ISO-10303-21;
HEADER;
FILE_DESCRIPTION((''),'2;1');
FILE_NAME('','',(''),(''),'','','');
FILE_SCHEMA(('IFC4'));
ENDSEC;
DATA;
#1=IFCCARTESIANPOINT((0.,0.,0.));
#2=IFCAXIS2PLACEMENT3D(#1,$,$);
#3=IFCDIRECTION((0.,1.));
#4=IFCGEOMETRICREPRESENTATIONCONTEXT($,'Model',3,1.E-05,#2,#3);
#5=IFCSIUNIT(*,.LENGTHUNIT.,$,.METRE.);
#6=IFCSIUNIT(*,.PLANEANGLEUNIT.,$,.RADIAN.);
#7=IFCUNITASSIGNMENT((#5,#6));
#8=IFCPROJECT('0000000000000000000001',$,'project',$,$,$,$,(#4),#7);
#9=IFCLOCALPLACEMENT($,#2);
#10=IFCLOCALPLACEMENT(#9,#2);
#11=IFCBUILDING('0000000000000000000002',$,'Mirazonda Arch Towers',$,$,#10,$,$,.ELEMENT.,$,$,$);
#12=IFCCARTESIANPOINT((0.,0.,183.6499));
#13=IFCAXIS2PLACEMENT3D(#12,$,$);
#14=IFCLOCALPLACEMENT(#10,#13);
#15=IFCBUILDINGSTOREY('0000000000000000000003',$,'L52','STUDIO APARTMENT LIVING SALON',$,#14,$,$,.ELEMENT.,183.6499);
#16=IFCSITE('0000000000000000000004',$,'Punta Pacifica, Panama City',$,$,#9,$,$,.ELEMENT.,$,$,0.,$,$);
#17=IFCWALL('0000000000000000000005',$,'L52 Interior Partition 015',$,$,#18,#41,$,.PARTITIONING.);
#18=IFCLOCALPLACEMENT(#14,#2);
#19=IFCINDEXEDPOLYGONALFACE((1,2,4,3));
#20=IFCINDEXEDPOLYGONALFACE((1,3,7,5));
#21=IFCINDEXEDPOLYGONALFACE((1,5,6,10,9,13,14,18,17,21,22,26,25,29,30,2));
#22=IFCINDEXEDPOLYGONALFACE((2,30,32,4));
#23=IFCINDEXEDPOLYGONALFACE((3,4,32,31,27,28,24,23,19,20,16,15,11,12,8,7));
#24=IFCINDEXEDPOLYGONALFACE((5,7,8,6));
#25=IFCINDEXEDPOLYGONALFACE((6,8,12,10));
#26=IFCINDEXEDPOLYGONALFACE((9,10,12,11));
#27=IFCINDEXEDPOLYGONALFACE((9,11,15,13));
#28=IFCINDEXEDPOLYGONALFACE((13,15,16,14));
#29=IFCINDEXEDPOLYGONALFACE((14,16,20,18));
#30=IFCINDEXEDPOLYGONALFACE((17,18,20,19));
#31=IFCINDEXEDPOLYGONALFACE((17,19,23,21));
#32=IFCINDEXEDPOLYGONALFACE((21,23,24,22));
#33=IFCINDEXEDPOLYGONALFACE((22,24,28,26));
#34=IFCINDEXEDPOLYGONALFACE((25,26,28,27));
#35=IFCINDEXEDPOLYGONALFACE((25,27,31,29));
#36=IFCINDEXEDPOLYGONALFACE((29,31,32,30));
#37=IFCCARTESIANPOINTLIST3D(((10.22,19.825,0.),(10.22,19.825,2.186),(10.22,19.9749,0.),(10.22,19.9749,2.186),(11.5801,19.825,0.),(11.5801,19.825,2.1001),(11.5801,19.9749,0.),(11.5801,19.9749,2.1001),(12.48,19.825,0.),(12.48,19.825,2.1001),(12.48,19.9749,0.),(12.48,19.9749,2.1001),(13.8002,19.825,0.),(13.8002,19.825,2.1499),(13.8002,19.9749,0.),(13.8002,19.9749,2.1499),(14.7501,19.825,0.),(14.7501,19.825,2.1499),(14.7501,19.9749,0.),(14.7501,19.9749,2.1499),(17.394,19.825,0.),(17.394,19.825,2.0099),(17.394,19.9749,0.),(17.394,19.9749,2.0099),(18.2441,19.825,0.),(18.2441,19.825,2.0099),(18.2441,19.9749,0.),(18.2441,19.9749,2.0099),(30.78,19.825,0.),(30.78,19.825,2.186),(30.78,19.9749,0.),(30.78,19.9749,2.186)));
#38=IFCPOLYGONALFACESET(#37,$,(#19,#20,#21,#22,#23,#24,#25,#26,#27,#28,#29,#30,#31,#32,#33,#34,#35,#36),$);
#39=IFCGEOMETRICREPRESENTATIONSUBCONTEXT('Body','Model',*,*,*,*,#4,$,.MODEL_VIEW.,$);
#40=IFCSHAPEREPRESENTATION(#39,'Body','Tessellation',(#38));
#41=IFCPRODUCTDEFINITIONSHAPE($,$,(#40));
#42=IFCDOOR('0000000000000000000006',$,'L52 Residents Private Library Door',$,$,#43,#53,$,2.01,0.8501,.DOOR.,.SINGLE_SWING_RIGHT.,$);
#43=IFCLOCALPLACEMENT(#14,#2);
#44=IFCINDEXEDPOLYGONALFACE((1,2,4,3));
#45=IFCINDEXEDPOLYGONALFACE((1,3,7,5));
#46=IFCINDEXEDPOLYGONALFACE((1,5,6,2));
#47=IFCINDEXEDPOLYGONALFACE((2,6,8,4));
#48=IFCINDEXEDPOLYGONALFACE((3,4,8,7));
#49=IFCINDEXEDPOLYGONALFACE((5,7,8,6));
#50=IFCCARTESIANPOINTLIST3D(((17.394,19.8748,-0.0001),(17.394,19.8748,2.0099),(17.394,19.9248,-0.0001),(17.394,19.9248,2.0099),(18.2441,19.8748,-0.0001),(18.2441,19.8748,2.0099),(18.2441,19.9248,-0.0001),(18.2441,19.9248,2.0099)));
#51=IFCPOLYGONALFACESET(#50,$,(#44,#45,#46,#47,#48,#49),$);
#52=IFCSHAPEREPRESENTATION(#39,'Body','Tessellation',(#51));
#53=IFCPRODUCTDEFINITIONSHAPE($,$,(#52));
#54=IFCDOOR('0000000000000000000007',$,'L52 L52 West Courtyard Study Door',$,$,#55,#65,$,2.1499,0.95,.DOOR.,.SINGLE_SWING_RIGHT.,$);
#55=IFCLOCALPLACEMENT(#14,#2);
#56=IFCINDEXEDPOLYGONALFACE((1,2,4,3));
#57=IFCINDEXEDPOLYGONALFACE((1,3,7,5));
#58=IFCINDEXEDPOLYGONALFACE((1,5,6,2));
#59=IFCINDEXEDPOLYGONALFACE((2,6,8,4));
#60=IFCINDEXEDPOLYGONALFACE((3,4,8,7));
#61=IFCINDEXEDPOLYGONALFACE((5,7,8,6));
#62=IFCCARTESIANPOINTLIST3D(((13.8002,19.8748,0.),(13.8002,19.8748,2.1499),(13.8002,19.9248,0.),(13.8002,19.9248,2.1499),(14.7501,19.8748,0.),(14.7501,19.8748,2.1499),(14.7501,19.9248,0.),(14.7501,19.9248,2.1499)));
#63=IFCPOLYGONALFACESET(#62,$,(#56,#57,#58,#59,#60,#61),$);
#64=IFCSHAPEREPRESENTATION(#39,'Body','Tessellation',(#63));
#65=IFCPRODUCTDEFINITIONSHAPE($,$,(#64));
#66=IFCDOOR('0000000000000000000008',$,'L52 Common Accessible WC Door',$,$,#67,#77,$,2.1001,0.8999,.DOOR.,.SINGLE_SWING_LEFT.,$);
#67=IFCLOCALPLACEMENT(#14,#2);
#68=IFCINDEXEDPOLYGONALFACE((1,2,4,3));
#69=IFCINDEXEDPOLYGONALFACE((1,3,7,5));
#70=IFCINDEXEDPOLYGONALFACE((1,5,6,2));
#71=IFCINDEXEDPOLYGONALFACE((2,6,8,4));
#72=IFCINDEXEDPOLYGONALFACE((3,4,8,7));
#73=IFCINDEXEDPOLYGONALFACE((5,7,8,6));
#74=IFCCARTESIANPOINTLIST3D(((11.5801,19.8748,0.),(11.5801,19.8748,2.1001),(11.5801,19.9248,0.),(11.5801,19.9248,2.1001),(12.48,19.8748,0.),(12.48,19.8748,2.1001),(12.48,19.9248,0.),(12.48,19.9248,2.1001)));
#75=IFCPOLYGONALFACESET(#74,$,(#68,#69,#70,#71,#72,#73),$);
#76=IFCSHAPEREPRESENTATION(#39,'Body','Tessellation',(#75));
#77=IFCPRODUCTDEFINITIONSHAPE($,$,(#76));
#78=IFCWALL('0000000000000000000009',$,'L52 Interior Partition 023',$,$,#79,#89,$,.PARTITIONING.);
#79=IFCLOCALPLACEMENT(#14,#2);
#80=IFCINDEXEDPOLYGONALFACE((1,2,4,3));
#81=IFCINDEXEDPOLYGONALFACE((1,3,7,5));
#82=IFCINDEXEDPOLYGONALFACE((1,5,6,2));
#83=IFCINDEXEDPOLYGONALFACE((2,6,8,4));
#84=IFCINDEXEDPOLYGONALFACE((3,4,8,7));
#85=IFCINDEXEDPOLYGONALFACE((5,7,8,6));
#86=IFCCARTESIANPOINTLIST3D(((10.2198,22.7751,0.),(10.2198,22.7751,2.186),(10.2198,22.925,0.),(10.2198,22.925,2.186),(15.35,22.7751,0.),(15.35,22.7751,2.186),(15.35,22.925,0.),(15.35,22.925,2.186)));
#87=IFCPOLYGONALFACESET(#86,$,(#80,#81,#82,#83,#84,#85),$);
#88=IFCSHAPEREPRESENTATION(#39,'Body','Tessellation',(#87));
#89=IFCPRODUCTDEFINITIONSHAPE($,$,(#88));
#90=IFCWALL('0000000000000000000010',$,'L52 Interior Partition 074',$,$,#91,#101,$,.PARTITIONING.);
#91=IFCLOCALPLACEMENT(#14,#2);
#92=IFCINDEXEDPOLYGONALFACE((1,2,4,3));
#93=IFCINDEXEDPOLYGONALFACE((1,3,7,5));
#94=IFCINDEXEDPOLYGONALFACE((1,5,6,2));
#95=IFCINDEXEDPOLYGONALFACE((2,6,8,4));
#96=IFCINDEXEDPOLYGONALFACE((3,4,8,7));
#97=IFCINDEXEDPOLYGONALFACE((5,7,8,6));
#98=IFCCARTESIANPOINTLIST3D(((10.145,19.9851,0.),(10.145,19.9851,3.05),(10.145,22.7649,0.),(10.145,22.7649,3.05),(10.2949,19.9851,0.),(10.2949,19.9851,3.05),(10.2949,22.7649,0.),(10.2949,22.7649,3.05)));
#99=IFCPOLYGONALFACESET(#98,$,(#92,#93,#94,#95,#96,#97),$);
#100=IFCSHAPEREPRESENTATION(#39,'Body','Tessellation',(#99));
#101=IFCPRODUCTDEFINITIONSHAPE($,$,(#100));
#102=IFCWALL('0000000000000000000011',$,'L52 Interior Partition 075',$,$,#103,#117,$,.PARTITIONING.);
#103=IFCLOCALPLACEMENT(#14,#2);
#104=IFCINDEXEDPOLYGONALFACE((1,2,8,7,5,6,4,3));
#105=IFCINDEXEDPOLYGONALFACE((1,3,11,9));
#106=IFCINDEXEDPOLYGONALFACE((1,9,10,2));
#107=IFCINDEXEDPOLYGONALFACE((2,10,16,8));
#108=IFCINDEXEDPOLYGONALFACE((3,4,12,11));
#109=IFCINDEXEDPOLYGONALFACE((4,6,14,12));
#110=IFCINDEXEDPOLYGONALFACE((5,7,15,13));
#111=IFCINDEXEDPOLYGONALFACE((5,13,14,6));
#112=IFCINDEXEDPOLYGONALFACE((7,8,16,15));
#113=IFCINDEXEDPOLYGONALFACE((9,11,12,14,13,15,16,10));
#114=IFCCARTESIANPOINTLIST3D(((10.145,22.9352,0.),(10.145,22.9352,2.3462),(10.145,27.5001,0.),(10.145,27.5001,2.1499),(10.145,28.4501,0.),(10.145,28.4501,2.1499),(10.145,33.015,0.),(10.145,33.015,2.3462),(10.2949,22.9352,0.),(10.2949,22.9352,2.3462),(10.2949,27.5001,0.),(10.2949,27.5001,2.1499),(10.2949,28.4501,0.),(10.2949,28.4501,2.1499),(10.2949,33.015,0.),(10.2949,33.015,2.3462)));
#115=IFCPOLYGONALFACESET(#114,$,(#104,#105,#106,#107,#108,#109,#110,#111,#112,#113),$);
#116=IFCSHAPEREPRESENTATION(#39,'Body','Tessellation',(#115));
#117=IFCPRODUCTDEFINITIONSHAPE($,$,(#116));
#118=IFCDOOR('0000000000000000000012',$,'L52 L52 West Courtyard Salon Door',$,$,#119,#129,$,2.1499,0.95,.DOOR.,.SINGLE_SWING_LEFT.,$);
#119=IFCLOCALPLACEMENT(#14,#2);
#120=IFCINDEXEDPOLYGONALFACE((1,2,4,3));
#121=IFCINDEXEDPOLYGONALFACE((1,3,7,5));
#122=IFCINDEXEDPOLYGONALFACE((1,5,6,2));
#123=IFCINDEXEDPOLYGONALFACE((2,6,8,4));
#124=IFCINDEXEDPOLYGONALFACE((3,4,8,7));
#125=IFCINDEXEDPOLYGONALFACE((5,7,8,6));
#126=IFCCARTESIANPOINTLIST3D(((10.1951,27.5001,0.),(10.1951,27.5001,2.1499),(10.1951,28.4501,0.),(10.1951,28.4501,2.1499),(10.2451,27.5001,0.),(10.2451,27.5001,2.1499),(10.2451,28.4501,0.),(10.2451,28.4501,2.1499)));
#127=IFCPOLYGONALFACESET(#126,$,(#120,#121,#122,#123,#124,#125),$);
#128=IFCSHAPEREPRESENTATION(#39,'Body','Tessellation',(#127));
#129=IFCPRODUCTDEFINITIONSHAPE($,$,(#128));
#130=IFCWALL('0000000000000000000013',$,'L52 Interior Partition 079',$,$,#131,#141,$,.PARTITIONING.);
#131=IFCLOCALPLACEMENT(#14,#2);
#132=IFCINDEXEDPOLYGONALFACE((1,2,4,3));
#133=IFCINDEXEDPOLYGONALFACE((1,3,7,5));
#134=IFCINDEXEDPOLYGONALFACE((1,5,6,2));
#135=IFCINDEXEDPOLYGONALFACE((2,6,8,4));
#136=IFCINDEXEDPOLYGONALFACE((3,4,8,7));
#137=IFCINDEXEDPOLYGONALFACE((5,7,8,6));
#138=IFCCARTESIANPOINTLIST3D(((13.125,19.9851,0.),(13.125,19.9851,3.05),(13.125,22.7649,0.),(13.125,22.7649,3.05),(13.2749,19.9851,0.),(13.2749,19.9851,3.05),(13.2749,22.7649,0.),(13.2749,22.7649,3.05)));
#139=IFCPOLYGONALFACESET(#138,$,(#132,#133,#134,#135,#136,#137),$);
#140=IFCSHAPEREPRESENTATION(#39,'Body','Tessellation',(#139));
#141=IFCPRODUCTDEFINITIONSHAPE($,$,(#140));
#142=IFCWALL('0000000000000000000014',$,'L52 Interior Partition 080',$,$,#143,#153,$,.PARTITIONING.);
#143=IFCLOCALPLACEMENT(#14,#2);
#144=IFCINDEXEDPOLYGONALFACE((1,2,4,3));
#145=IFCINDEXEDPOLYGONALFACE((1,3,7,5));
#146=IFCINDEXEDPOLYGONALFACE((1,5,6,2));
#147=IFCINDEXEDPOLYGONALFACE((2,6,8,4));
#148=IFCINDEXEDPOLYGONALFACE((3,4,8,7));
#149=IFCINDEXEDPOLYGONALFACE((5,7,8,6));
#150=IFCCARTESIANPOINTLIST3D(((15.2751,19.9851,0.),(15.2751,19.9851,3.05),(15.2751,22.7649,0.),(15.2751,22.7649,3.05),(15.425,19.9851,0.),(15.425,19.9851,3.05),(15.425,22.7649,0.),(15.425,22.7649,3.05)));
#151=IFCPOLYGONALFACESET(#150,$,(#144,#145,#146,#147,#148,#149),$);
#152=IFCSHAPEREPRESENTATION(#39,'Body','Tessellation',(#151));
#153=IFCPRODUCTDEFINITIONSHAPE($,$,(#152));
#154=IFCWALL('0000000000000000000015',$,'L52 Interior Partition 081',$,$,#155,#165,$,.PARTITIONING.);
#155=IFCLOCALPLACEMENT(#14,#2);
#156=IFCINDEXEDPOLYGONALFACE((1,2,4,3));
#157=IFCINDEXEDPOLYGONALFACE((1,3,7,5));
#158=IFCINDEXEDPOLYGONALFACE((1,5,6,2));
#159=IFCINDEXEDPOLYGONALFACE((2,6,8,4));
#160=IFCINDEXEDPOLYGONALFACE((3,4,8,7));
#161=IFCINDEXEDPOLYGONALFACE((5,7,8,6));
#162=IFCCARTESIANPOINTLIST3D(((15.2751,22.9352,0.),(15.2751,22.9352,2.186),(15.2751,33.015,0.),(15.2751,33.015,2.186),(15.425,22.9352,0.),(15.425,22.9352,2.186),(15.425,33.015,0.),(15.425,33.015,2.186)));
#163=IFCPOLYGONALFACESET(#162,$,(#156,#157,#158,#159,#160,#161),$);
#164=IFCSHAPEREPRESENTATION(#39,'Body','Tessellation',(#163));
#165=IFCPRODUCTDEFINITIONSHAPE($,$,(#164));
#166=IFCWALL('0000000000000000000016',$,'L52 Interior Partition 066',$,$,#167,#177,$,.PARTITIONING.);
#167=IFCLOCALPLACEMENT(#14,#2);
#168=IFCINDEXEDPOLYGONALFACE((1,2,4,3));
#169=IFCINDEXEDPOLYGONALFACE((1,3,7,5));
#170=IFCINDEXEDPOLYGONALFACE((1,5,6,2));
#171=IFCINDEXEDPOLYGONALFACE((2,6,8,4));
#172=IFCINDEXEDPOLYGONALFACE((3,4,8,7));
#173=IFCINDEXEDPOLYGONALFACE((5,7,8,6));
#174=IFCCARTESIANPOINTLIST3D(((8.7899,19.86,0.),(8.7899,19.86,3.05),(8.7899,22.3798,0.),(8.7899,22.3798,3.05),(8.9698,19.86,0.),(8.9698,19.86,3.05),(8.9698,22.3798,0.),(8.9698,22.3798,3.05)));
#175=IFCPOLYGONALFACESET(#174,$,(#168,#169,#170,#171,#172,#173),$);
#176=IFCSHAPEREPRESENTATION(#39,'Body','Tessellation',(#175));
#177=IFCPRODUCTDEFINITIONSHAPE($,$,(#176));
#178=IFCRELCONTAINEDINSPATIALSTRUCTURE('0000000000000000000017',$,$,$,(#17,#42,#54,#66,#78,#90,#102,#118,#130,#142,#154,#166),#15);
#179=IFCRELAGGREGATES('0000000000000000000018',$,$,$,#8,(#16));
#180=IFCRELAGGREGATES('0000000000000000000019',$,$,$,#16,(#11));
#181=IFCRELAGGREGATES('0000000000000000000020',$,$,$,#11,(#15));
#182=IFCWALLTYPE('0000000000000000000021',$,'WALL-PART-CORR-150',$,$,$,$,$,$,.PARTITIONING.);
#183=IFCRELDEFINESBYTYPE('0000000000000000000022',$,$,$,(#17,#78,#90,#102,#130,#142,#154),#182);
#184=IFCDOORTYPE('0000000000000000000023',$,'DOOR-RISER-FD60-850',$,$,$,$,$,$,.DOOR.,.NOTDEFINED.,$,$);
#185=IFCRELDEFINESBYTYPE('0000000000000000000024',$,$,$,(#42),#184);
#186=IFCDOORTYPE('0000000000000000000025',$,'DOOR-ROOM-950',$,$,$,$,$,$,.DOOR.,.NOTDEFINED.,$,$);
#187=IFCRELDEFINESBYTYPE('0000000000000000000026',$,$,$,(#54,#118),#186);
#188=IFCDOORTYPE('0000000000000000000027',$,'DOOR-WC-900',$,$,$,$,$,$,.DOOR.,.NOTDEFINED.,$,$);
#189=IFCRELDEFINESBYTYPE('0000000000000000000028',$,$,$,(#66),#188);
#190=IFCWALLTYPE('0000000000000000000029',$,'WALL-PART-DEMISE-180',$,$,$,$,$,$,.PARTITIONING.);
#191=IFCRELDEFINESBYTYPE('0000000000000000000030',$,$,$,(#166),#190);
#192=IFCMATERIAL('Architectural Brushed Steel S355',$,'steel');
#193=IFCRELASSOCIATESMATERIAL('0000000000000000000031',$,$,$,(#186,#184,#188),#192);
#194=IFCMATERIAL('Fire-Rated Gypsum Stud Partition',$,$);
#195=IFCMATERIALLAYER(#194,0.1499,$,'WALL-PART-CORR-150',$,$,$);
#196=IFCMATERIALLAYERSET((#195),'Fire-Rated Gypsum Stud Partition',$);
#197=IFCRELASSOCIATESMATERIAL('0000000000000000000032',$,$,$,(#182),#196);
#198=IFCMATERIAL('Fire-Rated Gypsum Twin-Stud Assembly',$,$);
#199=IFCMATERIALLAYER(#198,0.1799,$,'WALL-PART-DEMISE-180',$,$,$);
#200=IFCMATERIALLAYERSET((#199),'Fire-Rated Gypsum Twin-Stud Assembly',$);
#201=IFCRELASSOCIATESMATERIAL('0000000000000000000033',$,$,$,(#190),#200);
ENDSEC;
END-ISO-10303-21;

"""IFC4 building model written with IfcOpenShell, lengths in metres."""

from ifc_helpers import new_model, si_unit, direction, frame, frame_2d, origin, place, context, subcontext, project, spatial, rectangle, extrude, material, layer, layer_set, type_object, element, fill, save


model = new_model("IFC4")

# Units and contexts
model_context = context("Model", 3, precision=1e-05, world=origin(), true_north=direction((0.0, 1.0)))
body_context = subcontext(model_context, "Body", "Model", "MODEL_VIEW")
ifc_project = project(units=[si_unit("LENGTHUNIT", "METRE"), si_unit("PLANEANGLEUNIT", "RADIAN")], contexts=[model_context])

# Site, building, storey
site_placement = place(None, origin())
site = spatial("IfcSite", under=ifc_project, at=site_placement, Name="Punta Pacifica, Panama City", CompositionType="ELEMENT", RefElevation=0.0)
building_placement = place(site_placement, origin())
building = spatial("IfcBuilding", under=site, at=building_placement, Name="Mirazonda Arch Towers", CompositionType="ELEMENT")
storey_placement = place(building_placement, frame((0.0, 0.0, 183.6499)))
storey = spatial("IfcBuildingStorey", under=building, at=storey_placement, Name="L52", Description="STUDIO APARTMENT LIVING SALON", CompositionType="ELEMENT", Elevation=183.6499)

# Shared definitions
ifc_material_1 = material(Name="Architectural Brushed Steel S355", Category="steel")

# Shared definitions
door_type_1 = type_object("IfcDoorType", Name="DOOR-ROOM-950", OperationType="NOTDEFINED", PredefinedType="DOOR", material=ifc_material_1)

# Shared definitions
ifc_material_2 = material(Name="Fire-Rated Gypsum Stud Partition")
ifc_layer_1 = layer(ifc_material_2, 0.1499, Name="WALL-PART-CORR-150")
ifc_layer_set_1 = layer_set([ifc_layer_1], Name="Fire-Rated Gypsum Stud Partition")
wall_type_1 = type_object("IfcWallType", Name="WALL-PART-CORR-150", PredefinedType="PARTITIONING", material=ifc_layer_set_1)

# Wall, openings, doors
wall_1_placement = place(storey_placement, frame((10.22, 19.8999, 0.0), z_axis=(0.0, 0.0, 1.0), x_axis=(1.0, 0.0, 0.0)))
wall_1 = element("IfcWall", 1, at=wall_1_placement, inside=storey, type_object=wall_type_1, Name="L52 Interior Partition 015", PredefinedType="PARTITIONING", context=body_context, shape_type="SweptSolid", body=[
    extrude(rectangle(XDim=20.5601, YDim=0.1499, at=frame_2d((10.28, 0.0))), origin(), (0.0, 0.0, 1.0), 2.186),
])
opening_1_placement = place(wall_1_placement, frame((1.3601, 0.0, 0.0)))
opening_1 = element("IfcOpeningElement", 2, at=opening_1_placement, cuts=wall_1, PredefinedType="OPENING", context=body_context, shape_type="SweptSolid", body=[
    extrude(rectangle(XDim=0.8999, YDim=2.1001, at=frame_2d((0.45, 1.05))), frame((0.0, 0.085, 0.0), z_axis=(0.0, -1.0, 0.0), x_axis=(1.0, 0.0, 0.0)), (0.0, 0.0, 1.0), 0.1699),
])
opening_2_placement = place(wall_1_placement, frame((3.5801, 0.0, 0.0)))
opening_2 = element("IfcOpeningElement", 3, at=opening_2_placement, cuts=wall_1, PredefinedType="OPENING", context=body_context, shape_type="SweptSolid", body=[
    extrude(rectangle(XDim=0.95, YDim=2.1499, at=frame_2d((0.4751, 1.075))), frame((0.0, 0.085, 0.0), z_axis=(0.0, -1.0, 0.0), x_axis=(1.0, 0.0, 0.0)), (0.0, 0.0, 1.0), 0.1699),
])
opening_3_placement = place(wall_1_placement, frame((7.1741, 0.0, 0.0)))
opening_3 = element("IfcOpeningElement", 4, at=opening_3_placement, cuts=wall_1, PredefinedType="OPENING", context=body_context, shape_type="SweptSolid", body=[
    extrude(rectangle(XDim=0.8501, YDim=2.01, at=frame_2d((0.425, 1.0049))), frame((0.0, 0.085, 0.0), z_axis=(0.0, -1.0, 0.0), x_axis=(1.0, 0.0, 0.0)), (0.0, 0.0, 1.0), 0.1699),
])
door_type_2 = type_object("IfcDoorType", Name="DOOR-RISER-FD60-850", OperationType="NOTDEFINED", PredefinedType="DOOR", material=ifc_material_1)
door_1_placement = place(opening_3_placement, origin())
door_1 = element("IfcDoor", 5, at=door_1_placement, inside=storey, type_object=door_type_2, Name="L52 Residents Private Library Door", OperationType="SINGLE_SWING_RIGHT", OverallHeight=2.01, OverallWidth=0.8501, PredefinedType="DOOR", context=body_context, shape_type="SweptSolid", body=[
    extrude(rectangle(XDim=0.8501, YDim=2.01, at=frame_2d((0.425, 1.0049))), frame((0.0, 0.0249, 0.0), z_axis=(0.0, -1.0, 0.0), x_axis=(1.0, 0.0, 0.0)), (0.0, 0.0, 1.0), 0.05),
])
fill(opening_3, door_1)
door_2_placement = place(opening_2_placement, origin())
door_2 = element("IfcDoor", 6, at=door_2_placement, inside=storey, type_object=door_type_1, Name="L52 L52 West Courtyard Study Door", OperationType="SINGLE_SWING_RIGHT", OverallHeight=2.1499, OverallWidth=0.95, PredefinedType="DOOR", context=body_context, shape_type="SweptSolid", body=[
    extrude(rectangle(XDim=0.95, YDim=2.1499, at=frame_2d((0.4751, 1.075))), frame((0.0, 0.0249, 0.0), z_axis=(0.0, -1.0, 0.0), x_axis=(1.0, 0.0, 0.0)), (0.0, 0.0, 1.0), 0.05),
])
fill(opening_2, door_2)
door_type_3 = type_object("IfcDoorType", Name="DOOR-WC-900", OperationType="NOTDEFINED", PredefinedType="DOOR", material=ifc_material_1)
door_3_placement = place(opening_1_placement, origin())
door_3 = element("IfcDoor", 7, at=door_3_placement, inside=storey, type_object=door_type_3, Name="L52 Common Accessible WC Door", OperationType="SINGLE_SWING_LEFT", OverallHeight=2.1001, OverallWidth=0.8999, PredefinedType="DOOR", context=body_context, shape_type="SweptSolid", body=[
    extrude(rectangle(XDim=0.8999, YDim=2.1001, at=frame_2d((0.45, 1.05))), frame((0.0, 0.0249, 0.0), z_axis=(0.0, -1.0, 0.0), x_axis=(1.0, 0.0, 0.0)), (0.0, 0.0, 1.0), 0.05),
])
fill(opening_1, door_3)

# Walls
wall_2_placement = place(storey_placement, frame((10.22, 22.8501, 0.0), z_axis=(0.0, 0.0, 1.0), x_axis=(1.0, 0.0, 0.0)))
element("IfcWall", 8, at=wall_2_placement, inside=storey, type_object=wall_type_1, Name="L52 Interior Partition 023", PredefinedType="PARTITIONING", context=body_context, shape_type="SweptSolid", body=[
    extrude(rectangle(XDim=5.1301, YDim=0.1499, at=frame_2d((2.5649, 0.0))), origin(), (0.0, 0.0, 1.0), 2.186),
])
wall_3_placement = place(storey_placement, frame((10.22, 19.9851, 0.0), z_axis=(0.0, 0.0, 1.0), x_axis=(0.0, 1.0, 0.0)))
element("IfcWall", 9, at=wall_3_placement, inside=storey, type_object=wall_type_1, Name="L52 Interior Partition 074", PredefinedType="PARTITIONING", context=body_context, shape_type="SweptSolid", body=[
    extrude(rectangle(XDim=2.7798, YDim=0.1499, at=frame_2d((1.3899, 0.0))), origin(), (0.0, 0.0, 1.0), 3.05),
])

# Wall, opening, door
wall_4_placement = place(storey_placement, frame((10.22, 22.9351, 0.0), z_axis=(0.0, 0.0, 1.0), x_axis=(0.0, 1.0, 0.0)))
wall_4 = element("IfcWall", 10, at=wall_4_placement, inside=storey, type_object=wall_type_1, Name="L52 Interior Partition 075", PredefinedType="PARTITIONING", context=body_context, shape_type="SweptSolid", body=[
    extrude(rectangle(XDim=10.0798, YDim=0.1499, at=frame_2d((5.04, 0.0))), origin(), (0.0, 0.0, 1.0), 2.3462),
])
opening_4_placement = place(wall_4_placement, frame((4.5649, 0.0, 0.0)))
opening_4 = element("IfcOpeningElement", 11, at=opening_4_placement, cuts=wall_4, PredefinedType="OPENING", context=body_context, shape_type="SweptSolid", body=[
    extrude(rectangle(XDim=0.95, YDim=2.1499, at=frame_2d((0.4751, 1.075))), frame((0.0, 0.085, 0.0), z_axis=(0.0, -1.0, 0.0), x_axis=(1.0, 0.0, 0.0)), (0.0, 0.0, 1.0), 0.1699),
])
door_4_placement = place(opening_4_placement, origin())
door_4 = element("IfcDoor", 12, at=door_4_placement, inside=storey, type_object=door_type_1, Name="L52 L52 West Courtyard Salon Door", OperationType="SINGLE_SWING_LEFT", OverallHeight=2.1499, OverallWidth=0.95, PredefinedType="DOOR", context=body_context, shape_type="SweptSolid", body=[
    extrude(rectangle(XDim=0.95, YDim=2.1499, at=frame_2d((0.4751, 1.075))), frame((0.0, 0.0249, 0.0), z_axis=(0.0, -1.0, 0.0), x_axis=(1.0, 0.0, 0.0)), (0.0, 0.0, 1.0), 0.05),
])
fill(opening_4, door_4)

# Walls
for number, where, z_axis, x_axis, name in (
    (13, (13.2, 19.9851, 0.0), (0.0, 0.0, 1.0), (0.0, 1.0, 0.0), "L52 Interior Partition 079"),
    (14, (15.3501, 19.9851, 0.0), (0.0, 0.0, 1.0), (0.0, 1.0, 0.0), "L52 Interior Partition 080"),
):
    element("IfcWall", number, at=place(storey_placement, frame(where, z_axis=z_axis, x_axis=x_axis)), inside=storey, type_object=wall_type_1, Name=name, PredefinedType="PARTITIONING", context=body_context, shape_type="SweptSolid", body=[
        extrude(rectangle(XDim=2.7798, YDim=0.1499, at=frame_2d((1.3899, 0.0))), origin(), (0.0, 0.0, 1.0), 3.05),
    ])
wall_5_placement = place(storey_placement, frame((15.3501, 22.9351, 0.0), z_axis=(0.0, 0.0, 1.0), x_axis=(0.0, 1.0, 0.0)))
element("IfcWall", 15, at=wall_5_placement, inside=storey, type_object=wall_type_1, Name="L52 Interior Partition 081", PredefinedType="PARTITIONING", context=body_context, shape_type="SweptSolid", body=[
    extrude(rectangle(XDim=10.0798, YDim=0.1499, at=frame_2d((5.04, 0.0))), origin(), (0.0, 0.0, 1.0), 2.186),
])
ifc_material_3 = material(Name="Fire-Rated Gypsum Twin-Stud Assembly")
ifc_layer_2 = layer(ifc_material_3, 0.1799, Name="WALL-PART-DEMISE-180")
ifc_layer_set_2 = layer_set([ifc_layer_2], Name="Fire-Rated Gypsum Twin-Stud Assembly")
wall_type_2 = type_object("IfcWallType", Name="WALL-PART-DEMISE-180", PredefinedType="PARTITIONING", material=ifc_layer_set_2)
wall_6_placement = place(storey_placement, frame((8.8799, 19.8601, 0.0), z_axis=(0.0, 0.0, 1.0), x_axis=(0.0, 1.0, 0.0)))
element("IfcWall", 16, at=wall_6_placement, inside=storey, type_object=wall_type_2, Name="L52 Interior Partition 066", PredefinedType="PARTITIONING", context=body_context, shape_type="SweptSolid", body=[
    extrude(rectangle(XDim=2.5198, YDim=0.1799, at=frame_2d((1.2598, 0.0))), origin(), (0.0, 0.0, 1.0), 3.05),
])

save(model, "model.ifc")
